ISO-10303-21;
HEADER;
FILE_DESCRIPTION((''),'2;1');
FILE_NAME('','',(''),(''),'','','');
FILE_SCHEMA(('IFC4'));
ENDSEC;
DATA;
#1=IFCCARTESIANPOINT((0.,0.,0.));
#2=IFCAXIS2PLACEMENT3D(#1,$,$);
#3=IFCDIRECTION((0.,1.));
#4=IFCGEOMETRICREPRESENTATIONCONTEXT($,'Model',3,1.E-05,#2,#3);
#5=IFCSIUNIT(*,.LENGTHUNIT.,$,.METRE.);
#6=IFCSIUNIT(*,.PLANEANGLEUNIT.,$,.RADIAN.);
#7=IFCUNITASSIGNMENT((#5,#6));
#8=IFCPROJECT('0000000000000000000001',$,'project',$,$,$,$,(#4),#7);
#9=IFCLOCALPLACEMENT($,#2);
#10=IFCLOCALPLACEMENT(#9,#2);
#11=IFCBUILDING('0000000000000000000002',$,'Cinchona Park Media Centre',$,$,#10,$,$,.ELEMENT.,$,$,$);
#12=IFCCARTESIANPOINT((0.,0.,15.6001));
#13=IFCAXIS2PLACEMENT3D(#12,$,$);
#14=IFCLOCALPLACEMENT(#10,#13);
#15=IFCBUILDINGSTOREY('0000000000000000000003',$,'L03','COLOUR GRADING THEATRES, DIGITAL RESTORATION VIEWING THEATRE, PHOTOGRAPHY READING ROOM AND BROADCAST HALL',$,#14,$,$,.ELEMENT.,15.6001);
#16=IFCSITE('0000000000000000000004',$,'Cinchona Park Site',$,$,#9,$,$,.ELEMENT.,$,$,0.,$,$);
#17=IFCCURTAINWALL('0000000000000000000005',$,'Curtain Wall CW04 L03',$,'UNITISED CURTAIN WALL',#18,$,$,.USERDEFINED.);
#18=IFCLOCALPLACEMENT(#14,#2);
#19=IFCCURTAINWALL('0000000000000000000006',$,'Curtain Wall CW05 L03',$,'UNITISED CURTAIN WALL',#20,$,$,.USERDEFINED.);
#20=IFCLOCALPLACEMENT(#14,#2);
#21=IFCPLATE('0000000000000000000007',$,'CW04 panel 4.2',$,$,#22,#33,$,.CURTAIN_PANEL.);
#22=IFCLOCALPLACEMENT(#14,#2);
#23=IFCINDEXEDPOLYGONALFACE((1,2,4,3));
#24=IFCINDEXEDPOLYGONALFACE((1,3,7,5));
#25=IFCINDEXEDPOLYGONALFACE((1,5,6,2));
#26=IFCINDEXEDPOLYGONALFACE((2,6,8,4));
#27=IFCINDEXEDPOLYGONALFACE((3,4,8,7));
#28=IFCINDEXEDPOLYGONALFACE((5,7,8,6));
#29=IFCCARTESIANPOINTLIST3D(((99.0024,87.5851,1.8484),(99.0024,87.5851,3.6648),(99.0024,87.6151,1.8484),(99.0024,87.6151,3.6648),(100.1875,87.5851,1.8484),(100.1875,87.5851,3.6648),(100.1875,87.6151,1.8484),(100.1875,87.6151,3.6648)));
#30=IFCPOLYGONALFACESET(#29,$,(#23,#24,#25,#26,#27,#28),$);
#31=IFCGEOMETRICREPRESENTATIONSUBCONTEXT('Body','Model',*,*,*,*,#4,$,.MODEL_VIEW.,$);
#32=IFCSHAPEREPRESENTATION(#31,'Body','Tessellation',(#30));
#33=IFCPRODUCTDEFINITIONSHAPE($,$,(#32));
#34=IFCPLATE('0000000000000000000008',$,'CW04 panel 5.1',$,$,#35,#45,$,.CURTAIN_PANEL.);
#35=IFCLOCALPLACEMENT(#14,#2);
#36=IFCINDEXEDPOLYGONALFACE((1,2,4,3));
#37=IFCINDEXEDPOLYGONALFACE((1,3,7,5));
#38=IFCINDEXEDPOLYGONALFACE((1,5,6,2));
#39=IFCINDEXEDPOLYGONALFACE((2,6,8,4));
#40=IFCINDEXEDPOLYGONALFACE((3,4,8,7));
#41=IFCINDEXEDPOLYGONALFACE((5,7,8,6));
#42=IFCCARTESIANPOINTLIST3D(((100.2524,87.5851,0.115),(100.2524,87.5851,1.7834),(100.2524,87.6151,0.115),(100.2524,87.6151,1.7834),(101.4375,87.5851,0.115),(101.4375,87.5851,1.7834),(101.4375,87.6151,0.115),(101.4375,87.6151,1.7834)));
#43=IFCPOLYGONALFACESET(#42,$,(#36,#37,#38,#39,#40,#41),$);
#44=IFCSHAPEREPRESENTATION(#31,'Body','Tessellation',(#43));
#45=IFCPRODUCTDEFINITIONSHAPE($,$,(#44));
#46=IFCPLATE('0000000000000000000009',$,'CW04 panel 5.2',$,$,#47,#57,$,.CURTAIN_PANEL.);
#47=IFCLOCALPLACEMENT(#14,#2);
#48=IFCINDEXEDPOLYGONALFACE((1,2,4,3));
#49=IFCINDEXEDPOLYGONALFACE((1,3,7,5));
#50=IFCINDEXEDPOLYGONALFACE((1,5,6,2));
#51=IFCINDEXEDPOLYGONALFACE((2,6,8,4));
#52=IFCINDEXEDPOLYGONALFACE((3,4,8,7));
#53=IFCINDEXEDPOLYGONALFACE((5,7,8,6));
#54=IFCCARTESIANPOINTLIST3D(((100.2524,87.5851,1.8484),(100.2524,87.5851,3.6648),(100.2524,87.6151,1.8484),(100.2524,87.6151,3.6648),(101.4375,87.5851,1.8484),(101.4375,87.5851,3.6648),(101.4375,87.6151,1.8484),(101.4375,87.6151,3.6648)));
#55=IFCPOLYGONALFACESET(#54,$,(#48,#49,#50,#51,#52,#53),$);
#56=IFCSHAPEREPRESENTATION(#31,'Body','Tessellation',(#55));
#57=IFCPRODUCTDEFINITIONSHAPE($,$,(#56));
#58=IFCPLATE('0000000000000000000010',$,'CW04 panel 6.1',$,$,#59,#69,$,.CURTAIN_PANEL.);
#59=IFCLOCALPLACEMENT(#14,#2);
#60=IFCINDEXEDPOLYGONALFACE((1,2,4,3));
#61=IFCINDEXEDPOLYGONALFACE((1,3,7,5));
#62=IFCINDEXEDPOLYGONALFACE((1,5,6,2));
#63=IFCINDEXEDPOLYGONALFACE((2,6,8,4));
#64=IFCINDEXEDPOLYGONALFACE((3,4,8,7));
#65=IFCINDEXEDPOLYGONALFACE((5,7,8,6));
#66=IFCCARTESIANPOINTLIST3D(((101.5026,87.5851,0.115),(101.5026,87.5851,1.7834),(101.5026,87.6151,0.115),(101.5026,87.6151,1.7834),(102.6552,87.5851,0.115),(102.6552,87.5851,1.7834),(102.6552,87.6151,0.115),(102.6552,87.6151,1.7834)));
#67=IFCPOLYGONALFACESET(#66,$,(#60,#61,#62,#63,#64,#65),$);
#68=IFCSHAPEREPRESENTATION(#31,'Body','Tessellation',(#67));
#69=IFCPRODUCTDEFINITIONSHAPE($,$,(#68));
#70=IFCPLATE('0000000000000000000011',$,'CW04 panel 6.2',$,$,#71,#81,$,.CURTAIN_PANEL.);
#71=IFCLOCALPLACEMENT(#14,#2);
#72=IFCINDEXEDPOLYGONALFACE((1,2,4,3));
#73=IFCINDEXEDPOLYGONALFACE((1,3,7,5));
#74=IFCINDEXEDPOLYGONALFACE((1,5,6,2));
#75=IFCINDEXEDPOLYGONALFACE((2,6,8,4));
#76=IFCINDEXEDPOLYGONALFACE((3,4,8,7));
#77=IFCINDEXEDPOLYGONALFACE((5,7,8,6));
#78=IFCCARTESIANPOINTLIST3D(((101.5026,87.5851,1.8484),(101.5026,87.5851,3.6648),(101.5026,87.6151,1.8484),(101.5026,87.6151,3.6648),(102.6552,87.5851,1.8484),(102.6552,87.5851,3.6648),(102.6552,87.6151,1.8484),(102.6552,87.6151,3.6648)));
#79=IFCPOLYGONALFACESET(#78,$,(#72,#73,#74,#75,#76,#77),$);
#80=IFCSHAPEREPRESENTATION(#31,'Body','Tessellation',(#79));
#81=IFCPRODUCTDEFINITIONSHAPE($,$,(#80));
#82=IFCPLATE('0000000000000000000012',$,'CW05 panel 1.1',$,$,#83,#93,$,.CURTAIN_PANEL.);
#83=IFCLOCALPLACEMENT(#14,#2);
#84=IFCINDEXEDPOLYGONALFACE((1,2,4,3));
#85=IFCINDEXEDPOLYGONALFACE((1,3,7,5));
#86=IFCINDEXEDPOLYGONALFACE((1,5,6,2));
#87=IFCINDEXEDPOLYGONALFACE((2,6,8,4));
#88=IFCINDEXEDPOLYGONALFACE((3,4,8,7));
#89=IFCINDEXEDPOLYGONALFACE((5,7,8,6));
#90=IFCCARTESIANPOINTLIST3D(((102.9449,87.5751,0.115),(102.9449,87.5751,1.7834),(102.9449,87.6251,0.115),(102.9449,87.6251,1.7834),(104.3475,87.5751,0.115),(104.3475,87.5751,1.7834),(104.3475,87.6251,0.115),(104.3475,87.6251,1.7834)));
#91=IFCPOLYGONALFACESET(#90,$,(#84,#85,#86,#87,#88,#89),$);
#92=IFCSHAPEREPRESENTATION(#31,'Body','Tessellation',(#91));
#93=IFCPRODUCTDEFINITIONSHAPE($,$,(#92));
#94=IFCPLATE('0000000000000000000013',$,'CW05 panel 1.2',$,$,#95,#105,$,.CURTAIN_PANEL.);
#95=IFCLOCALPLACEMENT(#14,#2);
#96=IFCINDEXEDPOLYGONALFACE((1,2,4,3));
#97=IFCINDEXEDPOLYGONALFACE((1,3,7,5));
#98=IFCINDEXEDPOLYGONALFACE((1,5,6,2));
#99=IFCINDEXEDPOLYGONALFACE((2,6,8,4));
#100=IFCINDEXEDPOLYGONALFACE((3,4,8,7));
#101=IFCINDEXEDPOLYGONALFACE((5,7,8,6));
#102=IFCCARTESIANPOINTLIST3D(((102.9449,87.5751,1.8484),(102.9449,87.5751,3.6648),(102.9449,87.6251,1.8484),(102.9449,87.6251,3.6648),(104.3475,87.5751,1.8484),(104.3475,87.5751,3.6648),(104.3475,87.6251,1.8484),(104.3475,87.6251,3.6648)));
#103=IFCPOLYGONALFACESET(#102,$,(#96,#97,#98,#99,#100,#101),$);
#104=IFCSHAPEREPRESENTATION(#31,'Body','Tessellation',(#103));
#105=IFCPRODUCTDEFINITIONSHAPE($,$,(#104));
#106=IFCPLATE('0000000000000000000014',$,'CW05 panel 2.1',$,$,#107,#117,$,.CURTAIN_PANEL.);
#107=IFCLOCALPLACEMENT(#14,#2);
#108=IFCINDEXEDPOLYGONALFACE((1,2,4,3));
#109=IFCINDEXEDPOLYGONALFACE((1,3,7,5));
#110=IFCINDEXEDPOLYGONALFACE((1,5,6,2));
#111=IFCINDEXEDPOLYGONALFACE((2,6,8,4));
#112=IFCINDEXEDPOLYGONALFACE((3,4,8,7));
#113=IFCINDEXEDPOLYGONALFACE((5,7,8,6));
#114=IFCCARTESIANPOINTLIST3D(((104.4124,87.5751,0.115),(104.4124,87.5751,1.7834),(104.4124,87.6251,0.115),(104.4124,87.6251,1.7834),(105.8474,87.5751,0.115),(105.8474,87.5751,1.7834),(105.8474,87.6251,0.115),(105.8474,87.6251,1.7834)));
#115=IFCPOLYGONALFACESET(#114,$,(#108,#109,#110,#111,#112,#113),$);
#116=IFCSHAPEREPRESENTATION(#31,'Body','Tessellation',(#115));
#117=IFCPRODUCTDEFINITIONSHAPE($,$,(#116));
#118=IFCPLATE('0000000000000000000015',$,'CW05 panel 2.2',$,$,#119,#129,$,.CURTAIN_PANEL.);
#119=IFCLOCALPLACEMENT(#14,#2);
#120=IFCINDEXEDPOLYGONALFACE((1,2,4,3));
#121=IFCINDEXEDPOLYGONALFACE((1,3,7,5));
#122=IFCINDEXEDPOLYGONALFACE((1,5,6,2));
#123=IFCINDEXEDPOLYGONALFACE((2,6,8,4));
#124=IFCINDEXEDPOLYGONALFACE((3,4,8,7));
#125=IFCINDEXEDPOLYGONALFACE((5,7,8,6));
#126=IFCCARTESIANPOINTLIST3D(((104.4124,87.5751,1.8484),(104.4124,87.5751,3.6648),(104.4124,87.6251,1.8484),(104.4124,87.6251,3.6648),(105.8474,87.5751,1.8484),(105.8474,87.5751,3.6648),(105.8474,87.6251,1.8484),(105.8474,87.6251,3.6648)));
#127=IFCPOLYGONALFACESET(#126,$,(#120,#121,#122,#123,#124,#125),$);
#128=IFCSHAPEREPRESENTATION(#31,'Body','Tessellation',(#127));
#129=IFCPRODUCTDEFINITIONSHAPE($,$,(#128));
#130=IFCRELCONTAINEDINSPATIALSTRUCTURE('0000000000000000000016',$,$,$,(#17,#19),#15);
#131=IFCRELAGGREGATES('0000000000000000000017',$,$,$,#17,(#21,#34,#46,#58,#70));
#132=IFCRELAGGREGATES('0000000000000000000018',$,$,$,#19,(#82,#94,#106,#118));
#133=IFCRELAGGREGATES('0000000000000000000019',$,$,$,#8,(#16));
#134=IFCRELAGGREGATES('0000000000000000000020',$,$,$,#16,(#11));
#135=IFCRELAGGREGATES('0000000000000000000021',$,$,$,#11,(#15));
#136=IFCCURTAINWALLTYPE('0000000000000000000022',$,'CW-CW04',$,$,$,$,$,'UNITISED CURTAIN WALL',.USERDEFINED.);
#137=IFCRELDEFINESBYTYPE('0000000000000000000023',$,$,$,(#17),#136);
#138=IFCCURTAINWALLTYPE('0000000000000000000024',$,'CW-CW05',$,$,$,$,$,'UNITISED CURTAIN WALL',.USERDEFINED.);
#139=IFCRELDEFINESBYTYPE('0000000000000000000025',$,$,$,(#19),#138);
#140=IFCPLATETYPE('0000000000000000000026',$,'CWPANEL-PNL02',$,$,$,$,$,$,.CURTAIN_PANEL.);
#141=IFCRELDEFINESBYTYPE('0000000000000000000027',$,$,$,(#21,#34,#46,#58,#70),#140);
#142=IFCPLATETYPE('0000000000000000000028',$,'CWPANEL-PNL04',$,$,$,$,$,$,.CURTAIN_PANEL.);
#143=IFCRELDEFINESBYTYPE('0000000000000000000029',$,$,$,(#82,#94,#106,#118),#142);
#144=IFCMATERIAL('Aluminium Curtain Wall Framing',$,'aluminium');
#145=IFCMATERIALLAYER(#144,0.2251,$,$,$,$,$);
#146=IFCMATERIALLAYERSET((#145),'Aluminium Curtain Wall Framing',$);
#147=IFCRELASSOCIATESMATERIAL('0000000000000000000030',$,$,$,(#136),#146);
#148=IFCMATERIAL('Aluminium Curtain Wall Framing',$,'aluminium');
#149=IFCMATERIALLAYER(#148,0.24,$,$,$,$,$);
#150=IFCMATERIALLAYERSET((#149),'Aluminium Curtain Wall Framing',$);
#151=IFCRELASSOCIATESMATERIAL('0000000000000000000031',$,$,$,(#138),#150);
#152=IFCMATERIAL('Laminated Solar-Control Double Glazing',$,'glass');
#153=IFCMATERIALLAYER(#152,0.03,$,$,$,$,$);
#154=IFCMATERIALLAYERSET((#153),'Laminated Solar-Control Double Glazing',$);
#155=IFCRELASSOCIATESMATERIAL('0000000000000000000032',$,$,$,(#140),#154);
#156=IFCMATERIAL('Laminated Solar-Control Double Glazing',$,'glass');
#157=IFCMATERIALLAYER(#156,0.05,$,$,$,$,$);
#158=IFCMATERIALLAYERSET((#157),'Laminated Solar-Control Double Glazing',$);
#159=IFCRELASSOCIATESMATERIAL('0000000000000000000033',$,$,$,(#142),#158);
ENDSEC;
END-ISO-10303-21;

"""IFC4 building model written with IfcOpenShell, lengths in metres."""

from ifc_helpers import new_model, si_unit, direction, frame, origin, origin_2d, place, context, subcontext, project, spatial, rectangle, extrude, material, layer, layer_set, type_object, element, aggregate, save


model = new_model("IFC4")

# Units and contexts
model_context = context("Model", 3, precision=1e-05, world=origin(), true_north=direction((0.0, 1.0)))
body_context = subcontext(model_context, "Body", "Model", "MODEL_VIEW")
ifc_project = project(units=[si_unit("LENGTHUNIT", "METRE"), si_unit("PLANEANGLEUNIT", "RADIAN")], contexts=[model_context])

# Site, building, storey
site_placement = place(None, origin())
site = spatial("IfcSite", under=ifc_project, at=site_placement, Name="Cinchona Park Site", CompositionType="ELEMENT", RefElevation=0.0)
building_placement = place(site_placement, origin())
building = spatial("IfcBuilding", under=site, at=building_placement, Name="Cinchona Park Media Centre", CompositionType="ELEMENT")
storey_placement = place(building_placement, frame((0.0, 0.0, 15.6001)))
storey = spatial("IfcBuildingStorey", under=building, at=storey_placement, Name="L03", Description="COLOUR GRADING THEATRES, DIGITAL RESTORATION VIEWING THEATRE, PHOTOGRAPHY READING ROOM AND BROADCAST HALL", CompositionType="ELEMENT", Elevation=15.6001)

# Curtain walls
ifc_material_1 = material(Name="Aluminium Curtain Wall Framing", Category="aluminium")
ifc_layer_1 = layer(ifc_material_1, 0.2251)
ifc_layer_set_1 = layer_set([ifc_layer_1], Name="Aluminium Curtain Wall Framing")
curtain_wall_type_1 = type_object("IfcCurtainWallType", Name="CW-CW04", ElementType="UNITISED CURTAIN WALL", PredefinedType="USERDEFINED", material=ifc_layer_set_1)
curtain_wall_1_placement = place(storey_placement, origin())
curtain_wall_1 = element("IfcCurtainWall", 1, at=curtain_wall_1_placement, inside=storey, type_object=curtain_wall_type_1, Name="Curtain Wall CW04 L03", ObjectType="UNITISED CURTAIN WALL", PredefinedType="USERDEFINED")
ifc_material_2 = material(Name="Aluminium Curtain Wall Framing", Category="aluminium")
ifc_layer_2 = layer(ifc_material_2, 0.24)
ifc_layer_set_2 = layer_set([ifc_layer_2], Name="Aluminium Curtain Wall Framing")
curtain_wall_type_2 = type_object("IfcCurtainWallType", Name="CW-CW05", ElementType="UNITISED CURTAIN WALL", PredefinedType="USERDEFINED", material=ifc_layer_set_2)
curtain_wall_2_placement = place(storey_placement, origin())
curtain_wall_2 = element("IfcCurtainWall", 2, at=curtain_wall_2_placement, inside=storey, type_object=curtain_wall_type_2, Name="Curtain Wall CW05 L03", ObjectType="UNITISED CURTAIN WALL", PredefinedType="USERDEFINED")

# Plates
ifc_material_3 = material(Name="Laminated Solar-Control Double Glazing", Category="glass")
ifc_layer_3 = layer(ifc_material_3, 0.03)
ifc_layer_set_3 = layer_set([ifc_layer_3], Name="Laminated Solar-Control Double Glazing")
plate_type_1 = type_object("IfcPlateType", Name="CWPANEL-PNL02", PredefinedType="CURTAIN_PANEL", material=ifc_layer_set_3)
plate_1_placement = place(storey_placement, frame((99.595, 87.6001, 1.8484), z_axis=(0.0, 0.0, 1.0), x_axis=(1.0, 0.0, 0.0)))
plate_1 = element("IfcPlate", 3, at=plate_1_placement, type_object=plate_type_1, Name="CW04 panel 4.2", PredefinedType="CURTAIN_PANEL", context=body_context, shape_type="SweptSolid", body=[
    extrude(rectangle(XDim=1.1851, YDim=0.03, at=origin_2d()), origin(), (0.0, 0.0, 1.0), 1.8164),
])
plate_2_placement = place(storey_placement, frame((100.845, 87.6001, 0.115), z_axis=(0.0, 0.0, 1.0), x_axis=(1.0, 0.0, 0.0)))
plate_2 = element("IfcPlate", 4, at=plate_2_placement, type_object=plate_type_1, Name="CW04 panel 5.1", PredefinedType="CURTAIN_PANEL", context=body_context, shape_type="SweptSolid", body=[
    extrude(rectangle(XDim=1.1851, YDim=0.03, at=origin_2d()), origin(), (0.0, 0.0, 1.0), 1.6685),
])
plate_3_placement = place(storey_placement, frame((100.845, 87.6001, 1.8484), z_axis=(0.0, 0.0, 1.0), x_axis=(1.0, 0.0, 0.0)))
plate_3 = element("IfcPlate", 5, at=plate_3_placement, type_object=plate_type_1, Name="CW04 panel 5.2", PredefinedType="CURTAIN_PANEL", context=body_context, shape_type="SweptSolid", body=[
    extrude(rectangle(XDim=1.1851, YDim=0.03, at=origin_2d()), origin(), (0.0, 0.0, 1.0), 1.8164),
])
plate_4_placement = place(storey_placement, frame((102.0789, 87.6001, 0.115), z_axis=(0.0, 0.0, 1.0), x_axis=(1.0, 0.0, 0.0)))
plate_4 = element("IfcPlate", 6, at=plate_4_placement, type_object=plate_type_1, Name="CW04 panel 6.1", PredefinedType="CURTAIN_PANEL", context=body_context, shape_type="SweptSolid", body=[
    extrude(rectangle(XDim=1.1526, YDim=0.03, at=origin_2d()), origin(), (0.0, 0.0, 1.0), 1.6685),
])
plate_5_placement = place(storey_placement, frame((102.0789, 87.6001, 1.8484), z_axis=(0.0, 0.0, 1.0), x_axis=(1.0, 0.0, 0.0)))
plate_5 = element("IfcPlate", 7, at=plate_5_placement, type_object=plate_type_1, Name="CW04 panel 6.2", PredefinedType="CURTAIN_PANEL", context=body_context, shape_type="SweptSolid", body=[
    extrude(rectangle(XDim=1.1526, YDim=0.03, at=origin_2d()), origin(), (0.0, 0.0, 1.0), 1.8164),
])
aggregate(curtain_wall_1, [plate_1, plate_2, plate_3, plate_4, plate_5])
ifc_material_4 = material(Name="Laminated Solar-Control Double Glazing", Category="glass")
ifc_layer_4 = layer(ifc_material_4, 0.05)
ifc_layer_set_4 = layer_set([ifc_layer_4], Name="Laminated Solar-Control Double Glazing")
plate_type_2 = type_object("IfcPlateType", Name="CWPANEL-PNL04", PredefinedType="CURTAIN_PANEL", material=ifc_layer_set_4)
plate_6_placement = place(storey_placement, frame((103.6462, 87.6001, 0.115), z_axis=(0.0, 0.0, 1.0), x_axis=(1.0, 0.0, 0.0)))
plate_6 = element("IfcPlate", 8, at=plate_6_placement, type_object=plate_type_2, Name="CW05 panel 1.1", PredefinedType="CURTAIN_PANEL", context=body_context, shape_type="SweptSolid", body=[
    extrude(rectangle(XDim=1.4026, YDim=0.05, at=origin_2d()), origin(), (0.0, 0.0, 1.0), 1.6685),
])
plate_7_placement = place(storey_placement, frame((103.6462, 87.6001, 1.8484), z_axis=(0.0, 0.0, 1.0), x_axis=(1.0, 0.0, 0.0)))
plate_7 = element("IfcPlate", 9, at=plate_7_placement, type_object=plate_type_2, Name="CW05 panel 1.2", PredefinedType="CURTAIN_PANEL", context=body_context, shape_type="SweptSolid", body=[
    extrude(rectangle(XDim=1.4026, YDim=0.05, at=origin_2d()), origin(), (0.0, 0.0, 1.0), 1.8164),
])
plate_8_placement = place(storey_placement, frame((105.1299, 87.6001, 0.115), z_axis=(0.0, 0.0, 1.0), x_axis=(1.0, 0.0, 0.0)))
plate_8 = element("IfcPlate", 10, at=plate_8_placement, type_object=plate_type_2, Name="CW05 panel 2.1", PredefinedType="CURTAIN_PANEL", context=body_context, shape_type="SweptSolid", body=[
    extrude(rectangle(XDim=1.4351, YDim=0.05, at=origin_2d()), origin(), (0.0, 0.0, 1.0), 1.6685),
])
plate_9_placement = place(storey_placement, frame((105.1299, 87.6001, 1.8484), z_axis=(0.0, 0.0, 1.0), x_axis=(1.0, 0.0, 0.0)))
plate_9 = element("IfcPlate", 11, at=plate_9_placement, type_object=plate_type_2, Name="CW05 panel 2.2", PredefinedType="CURTAIN_PANEL", context=body_context, shape_type="SweptSolid", body=[
    extrude(rectangle(XDim=1.4351, YDim=0.05, at=origin_2d()), origin(), (0.0, 0.0, 1.0), 1.8164),
])
aggregate(curtain_wall_2, [plate_6, plate_7, plate_8, plate_9])

save(model, "model.ifc")
